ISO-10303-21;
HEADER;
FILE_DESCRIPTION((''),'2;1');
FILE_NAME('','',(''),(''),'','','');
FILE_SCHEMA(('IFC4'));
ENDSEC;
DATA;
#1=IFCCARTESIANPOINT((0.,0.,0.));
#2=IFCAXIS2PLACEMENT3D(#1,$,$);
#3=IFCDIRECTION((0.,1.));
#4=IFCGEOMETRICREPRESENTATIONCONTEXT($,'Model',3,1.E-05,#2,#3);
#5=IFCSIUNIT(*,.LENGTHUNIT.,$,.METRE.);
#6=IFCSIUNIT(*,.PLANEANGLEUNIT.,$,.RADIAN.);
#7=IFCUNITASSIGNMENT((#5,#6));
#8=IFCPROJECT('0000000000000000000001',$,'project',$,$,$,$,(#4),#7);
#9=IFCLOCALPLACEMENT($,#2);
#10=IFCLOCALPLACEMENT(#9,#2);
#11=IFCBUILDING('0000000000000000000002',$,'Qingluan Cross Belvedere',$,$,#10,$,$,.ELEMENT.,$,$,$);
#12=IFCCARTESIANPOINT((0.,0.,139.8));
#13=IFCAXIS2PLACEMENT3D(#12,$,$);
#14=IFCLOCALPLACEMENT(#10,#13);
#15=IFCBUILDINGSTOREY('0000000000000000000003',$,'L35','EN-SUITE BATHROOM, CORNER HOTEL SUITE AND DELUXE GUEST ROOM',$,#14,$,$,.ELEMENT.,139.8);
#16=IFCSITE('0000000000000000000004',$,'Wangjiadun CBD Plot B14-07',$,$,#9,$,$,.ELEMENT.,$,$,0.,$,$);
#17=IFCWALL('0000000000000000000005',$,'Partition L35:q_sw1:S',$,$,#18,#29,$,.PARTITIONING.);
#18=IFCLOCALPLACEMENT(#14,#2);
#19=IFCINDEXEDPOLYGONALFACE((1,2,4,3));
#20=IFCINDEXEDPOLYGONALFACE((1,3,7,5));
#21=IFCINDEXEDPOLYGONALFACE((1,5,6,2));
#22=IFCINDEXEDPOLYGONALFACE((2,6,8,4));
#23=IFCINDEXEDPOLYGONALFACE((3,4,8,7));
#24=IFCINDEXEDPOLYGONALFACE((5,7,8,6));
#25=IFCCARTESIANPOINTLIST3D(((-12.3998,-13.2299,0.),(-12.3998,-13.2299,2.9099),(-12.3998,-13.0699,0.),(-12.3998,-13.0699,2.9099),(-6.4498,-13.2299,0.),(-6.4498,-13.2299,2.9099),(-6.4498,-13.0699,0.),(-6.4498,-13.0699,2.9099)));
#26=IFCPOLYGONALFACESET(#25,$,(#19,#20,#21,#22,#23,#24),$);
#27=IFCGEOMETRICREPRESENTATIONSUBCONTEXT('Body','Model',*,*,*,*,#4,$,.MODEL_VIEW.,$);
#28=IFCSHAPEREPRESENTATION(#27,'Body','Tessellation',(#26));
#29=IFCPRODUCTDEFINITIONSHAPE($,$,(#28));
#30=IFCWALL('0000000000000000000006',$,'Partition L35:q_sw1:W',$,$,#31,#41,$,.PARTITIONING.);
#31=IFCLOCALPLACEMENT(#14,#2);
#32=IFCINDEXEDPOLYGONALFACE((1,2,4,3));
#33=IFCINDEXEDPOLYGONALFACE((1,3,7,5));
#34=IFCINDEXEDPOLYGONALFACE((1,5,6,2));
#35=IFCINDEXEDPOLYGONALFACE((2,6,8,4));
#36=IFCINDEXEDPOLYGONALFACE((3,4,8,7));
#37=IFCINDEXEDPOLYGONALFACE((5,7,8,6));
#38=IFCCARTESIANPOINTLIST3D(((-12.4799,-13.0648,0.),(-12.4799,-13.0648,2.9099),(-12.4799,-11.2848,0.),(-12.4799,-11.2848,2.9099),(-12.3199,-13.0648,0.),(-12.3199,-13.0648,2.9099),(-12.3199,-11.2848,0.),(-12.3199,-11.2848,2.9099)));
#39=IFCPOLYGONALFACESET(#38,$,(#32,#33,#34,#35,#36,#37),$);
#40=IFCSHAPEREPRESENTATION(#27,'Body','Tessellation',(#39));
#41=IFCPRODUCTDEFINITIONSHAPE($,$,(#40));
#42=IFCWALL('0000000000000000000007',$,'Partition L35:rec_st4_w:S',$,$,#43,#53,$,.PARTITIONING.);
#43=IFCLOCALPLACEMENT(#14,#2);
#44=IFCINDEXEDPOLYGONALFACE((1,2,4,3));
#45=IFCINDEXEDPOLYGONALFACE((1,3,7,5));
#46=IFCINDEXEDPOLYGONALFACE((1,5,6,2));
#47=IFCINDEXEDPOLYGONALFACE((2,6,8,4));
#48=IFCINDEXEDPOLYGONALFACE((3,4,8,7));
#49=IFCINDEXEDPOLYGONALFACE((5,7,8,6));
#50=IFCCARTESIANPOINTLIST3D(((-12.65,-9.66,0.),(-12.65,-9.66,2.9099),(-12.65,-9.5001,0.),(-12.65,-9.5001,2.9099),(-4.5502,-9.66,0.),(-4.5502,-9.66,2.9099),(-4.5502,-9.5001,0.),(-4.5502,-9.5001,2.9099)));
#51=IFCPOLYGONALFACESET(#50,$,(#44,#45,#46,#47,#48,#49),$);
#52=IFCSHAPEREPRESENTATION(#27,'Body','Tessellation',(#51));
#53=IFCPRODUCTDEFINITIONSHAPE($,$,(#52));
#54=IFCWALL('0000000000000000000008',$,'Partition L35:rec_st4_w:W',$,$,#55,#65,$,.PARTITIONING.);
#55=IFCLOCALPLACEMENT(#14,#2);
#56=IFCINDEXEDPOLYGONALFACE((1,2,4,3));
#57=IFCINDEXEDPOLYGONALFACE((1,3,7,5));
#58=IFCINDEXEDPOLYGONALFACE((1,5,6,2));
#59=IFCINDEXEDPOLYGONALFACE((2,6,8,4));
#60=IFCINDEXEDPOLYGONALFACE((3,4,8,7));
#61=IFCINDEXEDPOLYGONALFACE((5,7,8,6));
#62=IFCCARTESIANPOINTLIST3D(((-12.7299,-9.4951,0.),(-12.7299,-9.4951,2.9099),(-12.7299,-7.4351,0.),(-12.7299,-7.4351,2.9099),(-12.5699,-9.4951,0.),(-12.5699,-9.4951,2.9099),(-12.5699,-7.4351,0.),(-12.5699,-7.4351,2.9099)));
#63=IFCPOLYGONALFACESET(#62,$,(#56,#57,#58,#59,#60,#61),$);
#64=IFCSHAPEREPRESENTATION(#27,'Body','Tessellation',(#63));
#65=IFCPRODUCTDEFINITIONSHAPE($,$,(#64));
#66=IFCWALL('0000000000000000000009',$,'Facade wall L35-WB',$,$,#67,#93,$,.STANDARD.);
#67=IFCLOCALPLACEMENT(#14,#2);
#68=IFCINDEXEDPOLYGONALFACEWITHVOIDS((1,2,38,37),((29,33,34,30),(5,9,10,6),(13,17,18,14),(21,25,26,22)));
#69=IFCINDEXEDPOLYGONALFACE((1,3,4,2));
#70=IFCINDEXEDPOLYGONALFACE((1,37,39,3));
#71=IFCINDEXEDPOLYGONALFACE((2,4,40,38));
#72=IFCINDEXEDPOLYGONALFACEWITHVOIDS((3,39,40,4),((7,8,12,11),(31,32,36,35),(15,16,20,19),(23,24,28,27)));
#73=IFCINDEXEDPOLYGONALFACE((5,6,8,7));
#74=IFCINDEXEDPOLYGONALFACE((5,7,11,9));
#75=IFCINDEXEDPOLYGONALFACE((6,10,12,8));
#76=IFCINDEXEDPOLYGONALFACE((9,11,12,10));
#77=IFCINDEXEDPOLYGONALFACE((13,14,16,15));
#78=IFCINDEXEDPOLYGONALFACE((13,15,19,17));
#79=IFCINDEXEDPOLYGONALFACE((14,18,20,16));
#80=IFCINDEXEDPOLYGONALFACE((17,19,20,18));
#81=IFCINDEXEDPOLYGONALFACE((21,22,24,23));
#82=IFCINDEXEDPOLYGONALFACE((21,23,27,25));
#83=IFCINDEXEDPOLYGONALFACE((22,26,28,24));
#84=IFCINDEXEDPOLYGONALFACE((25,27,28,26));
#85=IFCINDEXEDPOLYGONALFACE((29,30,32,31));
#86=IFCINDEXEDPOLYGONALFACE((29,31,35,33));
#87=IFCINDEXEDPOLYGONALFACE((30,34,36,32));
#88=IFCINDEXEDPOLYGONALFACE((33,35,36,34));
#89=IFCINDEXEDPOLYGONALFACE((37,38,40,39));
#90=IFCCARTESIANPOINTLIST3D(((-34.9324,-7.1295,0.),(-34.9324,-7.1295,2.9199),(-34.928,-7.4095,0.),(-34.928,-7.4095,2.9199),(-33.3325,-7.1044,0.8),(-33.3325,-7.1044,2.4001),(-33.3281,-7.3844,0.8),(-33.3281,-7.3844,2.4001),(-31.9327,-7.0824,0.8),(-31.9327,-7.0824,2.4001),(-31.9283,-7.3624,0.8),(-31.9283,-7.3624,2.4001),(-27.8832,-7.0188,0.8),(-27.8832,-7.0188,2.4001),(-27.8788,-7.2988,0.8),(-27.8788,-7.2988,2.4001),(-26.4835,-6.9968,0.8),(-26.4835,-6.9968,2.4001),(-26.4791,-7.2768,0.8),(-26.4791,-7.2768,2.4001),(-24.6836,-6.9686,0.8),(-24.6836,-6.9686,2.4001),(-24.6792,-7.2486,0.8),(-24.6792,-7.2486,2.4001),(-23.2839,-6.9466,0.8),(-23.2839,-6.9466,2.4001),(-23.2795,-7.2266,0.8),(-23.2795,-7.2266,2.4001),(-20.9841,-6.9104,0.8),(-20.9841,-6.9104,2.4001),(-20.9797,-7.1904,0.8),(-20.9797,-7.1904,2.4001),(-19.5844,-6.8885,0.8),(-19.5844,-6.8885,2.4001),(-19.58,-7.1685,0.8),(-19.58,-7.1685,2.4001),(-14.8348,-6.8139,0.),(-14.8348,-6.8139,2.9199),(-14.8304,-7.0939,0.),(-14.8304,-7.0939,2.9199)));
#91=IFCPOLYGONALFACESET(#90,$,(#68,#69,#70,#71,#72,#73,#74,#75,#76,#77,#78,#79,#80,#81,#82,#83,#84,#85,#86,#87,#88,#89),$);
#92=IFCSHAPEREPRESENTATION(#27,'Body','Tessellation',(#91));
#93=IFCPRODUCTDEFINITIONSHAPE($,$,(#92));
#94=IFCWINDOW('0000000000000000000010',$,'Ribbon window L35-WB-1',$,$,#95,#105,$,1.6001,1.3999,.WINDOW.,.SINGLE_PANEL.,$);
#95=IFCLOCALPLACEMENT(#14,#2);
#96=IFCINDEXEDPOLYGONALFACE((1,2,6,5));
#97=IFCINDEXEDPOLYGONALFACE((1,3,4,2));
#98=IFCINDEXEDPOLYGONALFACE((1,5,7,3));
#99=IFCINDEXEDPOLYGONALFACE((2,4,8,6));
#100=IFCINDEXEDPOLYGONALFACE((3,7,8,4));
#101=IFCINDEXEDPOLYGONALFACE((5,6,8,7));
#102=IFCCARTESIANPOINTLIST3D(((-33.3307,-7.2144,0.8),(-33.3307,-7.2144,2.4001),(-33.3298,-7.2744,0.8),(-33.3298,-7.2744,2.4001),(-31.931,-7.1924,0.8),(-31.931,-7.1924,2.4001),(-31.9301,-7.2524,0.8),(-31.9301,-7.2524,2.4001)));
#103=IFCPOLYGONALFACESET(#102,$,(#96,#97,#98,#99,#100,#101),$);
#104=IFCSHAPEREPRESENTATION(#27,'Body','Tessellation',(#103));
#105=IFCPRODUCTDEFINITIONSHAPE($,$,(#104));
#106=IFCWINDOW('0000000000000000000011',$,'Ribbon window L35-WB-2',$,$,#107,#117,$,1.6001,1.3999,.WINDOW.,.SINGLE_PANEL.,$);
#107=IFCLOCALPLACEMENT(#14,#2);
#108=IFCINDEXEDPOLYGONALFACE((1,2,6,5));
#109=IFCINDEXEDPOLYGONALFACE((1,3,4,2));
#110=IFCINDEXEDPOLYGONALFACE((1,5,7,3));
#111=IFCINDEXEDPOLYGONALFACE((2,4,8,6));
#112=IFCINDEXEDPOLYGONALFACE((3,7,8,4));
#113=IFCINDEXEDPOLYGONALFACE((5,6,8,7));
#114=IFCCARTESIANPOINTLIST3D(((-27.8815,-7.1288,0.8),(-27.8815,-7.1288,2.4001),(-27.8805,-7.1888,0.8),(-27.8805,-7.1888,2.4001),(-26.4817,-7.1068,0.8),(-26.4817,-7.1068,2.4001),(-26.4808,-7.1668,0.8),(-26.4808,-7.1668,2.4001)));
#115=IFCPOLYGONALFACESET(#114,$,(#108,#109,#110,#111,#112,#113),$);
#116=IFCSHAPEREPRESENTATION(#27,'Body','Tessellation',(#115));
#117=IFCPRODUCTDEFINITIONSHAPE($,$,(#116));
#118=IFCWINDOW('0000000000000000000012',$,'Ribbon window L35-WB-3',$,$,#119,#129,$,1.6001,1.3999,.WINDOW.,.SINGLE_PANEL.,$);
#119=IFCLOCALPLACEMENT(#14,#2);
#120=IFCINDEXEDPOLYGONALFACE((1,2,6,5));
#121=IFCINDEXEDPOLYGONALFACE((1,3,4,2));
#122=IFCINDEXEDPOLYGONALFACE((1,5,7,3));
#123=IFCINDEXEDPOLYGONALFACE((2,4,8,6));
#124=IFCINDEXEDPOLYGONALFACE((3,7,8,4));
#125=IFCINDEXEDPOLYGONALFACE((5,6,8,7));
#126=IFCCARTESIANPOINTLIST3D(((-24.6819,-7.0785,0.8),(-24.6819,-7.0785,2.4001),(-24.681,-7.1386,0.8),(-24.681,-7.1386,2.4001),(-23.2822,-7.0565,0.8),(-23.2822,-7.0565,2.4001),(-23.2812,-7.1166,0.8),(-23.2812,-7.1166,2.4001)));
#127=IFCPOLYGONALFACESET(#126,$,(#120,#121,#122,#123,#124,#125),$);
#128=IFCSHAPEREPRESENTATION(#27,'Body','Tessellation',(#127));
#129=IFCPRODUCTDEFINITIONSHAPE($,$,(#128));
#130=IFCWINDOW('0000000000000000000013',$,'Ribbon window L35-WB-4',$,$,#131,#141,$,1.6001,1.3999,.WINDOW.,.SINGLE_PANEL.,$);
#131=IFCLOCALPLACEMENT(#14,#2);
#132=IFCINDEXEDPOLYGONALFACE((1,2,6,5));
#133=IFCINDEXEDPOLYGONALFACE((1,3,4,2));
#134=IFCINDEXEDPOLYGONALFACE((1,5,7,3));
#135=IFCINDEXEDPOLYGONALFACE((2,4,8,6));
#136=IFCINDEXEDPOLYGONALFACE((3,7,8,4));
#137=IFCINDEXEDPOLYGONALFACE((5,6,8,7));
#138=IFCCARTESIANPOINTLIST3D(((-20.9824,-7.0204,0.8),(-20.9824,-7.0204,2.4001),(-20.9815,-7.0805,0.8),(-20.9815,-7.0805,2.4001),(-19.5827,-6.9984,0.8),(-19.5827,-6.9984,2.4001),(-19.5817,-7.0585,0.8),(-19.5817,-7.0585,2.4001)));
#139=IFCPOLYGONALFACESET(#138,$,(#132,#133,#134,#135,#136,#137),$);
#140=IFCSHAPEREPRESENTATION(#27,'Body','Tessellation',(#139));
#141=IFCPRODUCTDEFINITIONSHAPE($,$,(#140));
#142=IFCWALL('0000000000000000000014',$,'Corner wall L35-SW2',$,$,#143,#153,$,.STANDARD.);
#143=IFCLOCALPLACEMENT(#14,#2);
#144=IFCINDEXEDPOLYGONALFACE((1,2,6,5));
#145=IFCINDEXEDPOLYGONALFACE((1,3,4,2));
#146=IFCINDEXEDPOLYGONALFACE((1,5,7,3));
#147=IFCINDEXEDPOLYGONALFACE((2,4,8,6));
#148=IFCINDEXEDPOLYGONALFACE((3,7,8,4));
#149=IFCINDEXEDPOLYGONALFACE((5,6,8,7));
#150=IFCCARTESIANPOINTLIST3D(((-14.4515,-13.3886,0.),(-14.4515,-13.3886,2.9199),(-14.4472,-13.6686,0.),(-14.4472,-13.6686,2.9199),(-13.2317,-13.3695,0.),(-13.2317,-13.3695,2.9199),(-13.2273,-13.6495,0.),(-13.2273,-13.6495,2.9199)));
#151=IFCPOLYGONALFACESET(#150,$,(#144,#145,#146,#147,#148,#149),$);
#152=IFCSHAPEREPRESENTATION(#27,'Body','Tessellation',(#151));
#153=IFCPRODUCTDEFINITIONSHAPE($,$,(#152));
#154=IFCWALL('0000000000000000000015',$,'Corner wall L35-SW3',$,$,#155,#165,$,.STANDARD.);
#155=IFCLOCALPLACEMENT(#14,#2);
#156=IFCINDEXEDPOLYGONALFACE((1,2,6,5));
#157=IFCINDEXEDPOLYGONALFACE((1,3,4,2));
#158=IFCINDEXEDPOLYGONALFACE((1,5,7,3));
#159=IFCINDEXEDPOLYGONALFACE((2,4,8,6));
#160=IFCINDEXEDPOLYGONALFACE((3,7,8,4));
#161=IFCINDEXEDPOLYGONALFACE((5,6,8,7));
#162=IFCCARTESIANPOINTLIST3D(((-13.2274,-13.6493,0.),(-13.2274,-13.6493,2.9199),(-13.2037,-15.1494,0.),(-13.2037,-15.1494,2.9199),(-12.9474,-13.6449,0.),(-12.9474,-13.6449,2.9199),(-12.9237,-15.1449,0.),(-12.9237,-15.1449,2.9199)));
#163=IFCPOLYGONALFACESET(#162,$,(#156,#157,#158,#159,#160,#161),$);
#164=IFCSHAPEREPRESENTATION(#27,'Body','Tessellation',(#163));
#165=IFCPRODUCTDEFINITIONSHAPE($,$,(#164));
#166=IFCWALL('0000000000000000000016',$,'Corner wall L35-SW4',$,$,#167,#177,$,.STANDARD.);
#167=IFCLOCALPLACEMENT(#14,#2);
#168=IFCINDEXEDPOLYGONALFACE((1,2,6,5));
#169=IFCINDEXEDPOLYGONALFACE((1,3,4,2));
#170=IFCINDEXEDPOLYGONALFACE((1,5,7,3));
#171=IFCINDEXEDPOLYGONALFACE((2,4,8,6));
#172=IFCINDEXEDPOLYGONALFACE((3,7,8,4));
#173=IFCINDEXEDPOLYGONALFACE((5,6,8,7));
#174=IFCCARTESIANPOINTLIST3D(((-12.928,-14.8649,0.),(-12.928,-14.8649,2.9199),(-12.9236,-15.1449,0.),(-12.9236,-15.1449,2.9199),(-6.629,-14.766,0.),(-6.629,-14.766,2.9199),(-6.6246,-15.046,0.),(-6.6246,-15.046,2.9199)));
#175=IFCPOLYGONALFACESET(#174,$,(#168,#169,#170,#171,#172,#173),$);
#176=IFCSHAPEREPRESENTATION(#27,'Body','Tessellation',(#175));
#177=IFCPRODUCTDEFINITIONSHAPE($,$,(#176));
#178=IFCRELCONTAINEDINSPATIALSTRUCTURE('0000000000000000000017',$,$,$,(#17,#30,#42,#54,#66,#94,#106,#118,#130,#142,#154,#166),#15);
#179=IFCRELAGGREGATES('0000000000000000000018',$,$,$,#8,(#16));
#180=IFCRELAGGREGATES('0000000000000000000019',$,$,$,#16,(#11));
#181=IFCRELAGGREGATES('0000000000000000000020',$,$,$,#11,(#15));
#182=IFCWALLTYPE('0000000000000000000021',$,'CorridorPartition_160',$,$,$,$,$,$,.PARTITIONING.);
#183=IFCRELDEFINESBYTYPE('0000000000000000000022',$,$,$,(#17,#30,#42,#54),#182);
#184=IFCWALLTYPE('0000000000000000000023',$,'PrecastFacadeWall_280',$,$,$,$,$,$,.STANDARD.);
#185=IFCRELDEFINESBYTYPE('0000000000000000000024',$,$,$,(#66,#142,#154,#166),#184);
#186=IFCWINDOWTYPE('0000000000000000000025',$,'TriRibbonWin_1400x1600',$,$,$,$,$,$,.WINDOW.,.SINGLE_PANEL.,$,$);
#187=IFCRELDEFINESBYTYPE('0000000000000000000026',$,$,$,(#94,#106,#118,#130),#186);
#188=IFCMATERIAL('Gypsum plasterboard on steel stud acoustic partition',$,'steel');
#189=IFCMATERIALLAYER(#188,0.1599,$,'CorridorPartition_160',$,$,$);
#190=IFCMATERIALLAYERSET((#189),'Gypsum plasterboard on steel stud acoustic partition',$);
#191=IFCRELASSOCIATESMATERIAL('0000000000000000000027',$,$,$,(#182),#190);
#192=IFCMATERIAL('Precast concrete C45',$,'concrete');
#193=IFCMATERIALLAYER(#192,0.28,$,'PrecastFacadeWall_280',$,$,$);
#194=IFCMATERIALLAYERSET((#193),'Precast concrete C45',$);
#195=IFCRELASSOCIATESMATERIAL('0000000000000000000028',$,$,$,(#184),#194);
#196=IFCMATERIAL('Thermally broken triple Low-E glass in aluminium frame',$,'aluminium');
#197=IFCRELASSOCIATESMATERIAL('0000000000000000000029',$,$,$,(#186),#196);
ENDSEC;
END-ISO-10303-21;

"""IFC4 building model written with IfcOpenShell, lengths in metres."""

from ifc_helpers import new_model, si_unit, direction, frame, frame_2d, origin, place, context, subcontext, project, spatial, rectangle, extrude, material, layer, layer_set, type_object, element, fill, save


model = new_model("IFC4")

# Units and contexts
model_context = context("Model", 3, precision=1e-05, world=origin(), true_north=direction((0.0, 1.0)))
body_context = subcontext(model_context, "Body", "Model", "MODEL_VIEW")
ifc_project = project(units=[si_unit("LENGTHUNIT", "METRE"), si_unit("PLANEANGLEUNIT", "RADIAN")], contexts=[model_context])

# Site, building, storey
site_placement = place(None, origin())
site = spatial("IfcSite", under=ifc_project, at=site_placement, Name="Wangjiadun CBD Plot B14-07", CompositionType="ELEMENT", RefElevation=0.0)
building_placement = place(site_placement, origin())
building = spatial("IfcBuilding", under=site, at=building_placement, Name="Qingluan Cross Belvedere", CompositionType="ELEMENT")
storey_placement = place(building_placement, frame((0.0, 0.0, 139.8)))
storey = spatial("IfcBuildingStorey", under=building, at=storey_placement, Name="L35", Description="EN-SUITE BATHROOM, CORNER HOTEL SUITE AND DELUXE GUEST ROOM", CompositionType="ELEMENT", Elevation=139.8)

# Walls
ifc_material_1 = material(Name="Gypsum plasterboard on steel stud acoustic partition", Category="steel")
ifc_layer_1 = layer(ifc_material_1, 0.1599, Name="CorridorPartition_160")
ifc_layer_set_1 = layer_set([ifc_layer_1], Name="Gypsum plasterboard on steel stud acoustic partition")
wall_type_1 = type_object("IfcWallType", Name="CorridorPartition_160", PredefinedType="PARTITIONING", material=ifc_layer_set_1)
wall_1_placement = place(storey_placement, frame((-12.3999, -13.1499, 0.0), z_axis=(0.0, 0.0, 1.0), x_axis=(1.0, 0.0, 0.0)))
element("IfcWall", 1, at=wall_1_placement, inside=storey, type_object=wall_type_1, Name="Partition L35:q_sw1:S", PredefinedType="PARTITIONING", context=body_context, shape_type="SweptSolid", body=[
    extrude(rectangle(XDim=5.95, YDim=0.1599, at=frame_2d((2.9751, 0.0))), origin(), (0.0, 0.0, 1.0), 2.9099),
])
wall_2_placement = place(storey_placement, frame((-12.3999, -13.0649, 0.0), z_axis=(0.0, 0.0, 1.0), x_axis=(0.0, 1.0, 0.0)))
element("IfcWall", 2, at=wall_2_placement, inside=storey, type_object=wall_type_1, Name="Partition L35:q_sw1:W", PredefinedType="PARTITIONING", context=body_context, shape_type="SweptSolid", body=[
    extrude(rectangle(XDim=1.78, YDim=0.1599, at=frame_2d((0.8901, 0.0))), origin(), (0.0, 0.0, 1.0), 2.9099),
])
wall_3_placement = place(storey_placement, frame((-12.6499, -9.5801, 0.0), z_axis=(0.0, 0.0, 1.0), x_axis=(1.0, 0.0, 0.0)))
element("IfcWall", 3, at=wall_3_placement, inside=storey, type_object=wall_type_1, Name="Partition L35:rec_st4_w:S", PredefinedType="PARTITIONING", context=body_context, shape_type="SweptSolid", body=[
    extrude(rectangle(XDim=8.0999, YDim=0.1599, at=frame_2d((4.0498, 0.0))), origin(), (0.0, 0.0, 1.0), 2.9099),
])
wall_4_placement = place(storey_placement, frame((-12.6499, -9.4951, 0.0), z_axis=(0.0, 0.0, 1.0), x_axis=(0.0, 1.0, 0.0)))
element("IfcWall", 4, at=wall_4_placement, inside=storey, type_object=wall_type_1, Name="Partition L35:rec_st4_w:W", PredefinedType="PARTITIONING", context=body_context, shape_type="SweptSolid", body=[
    extrude(rectangle(XDim=2.0601, YDim=0.1599, at=frame_2d((1.03, 0.0))), origin(), (0.0, 0.0, 1.0), 2.9099),
])

# Wall, openings, windows
ifc_material_2 = material(Name="Precast concrete C45", Category="concrete")
ifc_layer_2 = layer(ifc_material_2, 0.28, Name="PrecastFacadeWall_280")
ifc_layer_set_2 = layer_set([ifc_layer_2], Name="Precast concrete C45")
wall_type_2 = type_object("IfcWallType", Name="PrecastFacadeWall_280", PredefinedType="STANDARD", material=ifc_layer_set_2)
wall_5_placement = place(storey_placement, frame((-34.9302, -7.2695, 0.0), z_axis=(0.0, 0.0, 1.0), x_axis=(0.999877, 0.015705, 0.0)))
wall_5 = element("IfcWall", 5, at=wall_5_placement, inside=storey, type_object=wall_type_2, Name="Facade wall L35-WB", PredefinedType="STANDARD", context=body_context, shape_type="SweptSolid", body=[
    extrude(rectangle(XDim=20.1001, YDim=0.28, at=frame_2d((10.05, 0.0))), origin(), (0.0, 0.0, 1.0), 2.9199),
])
opening_1_placement = place(wall_5_placement, frame((1.6001, 0.0, 0.8)))
opening_1 = element("IfcOpeningElement", 6, at=opening_1_placement, cuts=wall_5, PredefinedType="OPENING", context=body_context, shape_type="SweptSolid", body=[
    extrude(rectangle(XDim=1.3999, YDim=1.6001, at=frame_2d((0.7, 0.8))), frame((0.0, 0.1499, 0.0), z_axis=(0.0, -1.0, 0.0), x_axis=(1.0, 0.0, 0.0)), (0.0, 0.0, 1.0), 0.3),
])
opening_2_placement = place(wall_5_placement, frame((7.05, 0.0, 0.8)))
opening_2 = element("IfcOpeningElement", 7, at=opening_2_placement, cuts=wall_5, PredefinedType="OPENING", context=body_context, shape_type="SweptSolid", body=[
    extrude(rectangle(XDim=1.3999, YDim=1.6001, at=frame_2d((0.7, 0.8))), frame((0.0, 0.1499, 0.0), z_axis=(0.0, -1.0, 0.0), x_axis=(1.0, 0.0, 0.0)), (0.0, 0.0, 1.0), 0.3),
])
opening_3_placement = place(wall_5_placement, frame((10.25, 0.0, 0.8)))
opening_3 = element("IfcOpeningElement", 8, at=opening_3_placement, cuts=wall_5, PredefinedType="OPENING", context=body_context, shape_type="SweptSolid", body=[
    extrude(rectangle(XDim=1.3999, YDim=1.6001, at=frame_2d((0.7, 0.8))), frame((0.0, 0.1499, 0.0), z_axis=(0.0, -1.0, 0.0), x_axis=(1.0, 0.0, 0.0)), (0.0, 0.0, 1.0), 0.3),
])
opening_4_placement = place(wall_5_placement, frame((13.95, 0.0, 0.8)))
opening_4 = element("IfcOpeningElement", 9, at=opening_4_placement, cuts=wall_5, PredefinedType="OPENING", context=body_context, shape_type="SweptSolid", body=[
    extrude(rectangle(XDim=1.3999, YDim=1.6001, at=frame_2d((0.7, 0.8))), frame((0.0, 0.1499, 0.0), z_axis=(0.0, -1.0, 0.0), x_axis=(1.0, 0.0, 0.0)), (0.0, 0.0, 1.0), 0.3),
])
ifc_material_3 = material(Name="Thermally broken triple Low-E glass in aluminium frame", Category="aluminium")
window_type = type_object("IfcWindowType", Name="TriRibbonWin_1400x1600", PartitioningType="SINGLE_PANEL", PredefinedType="WINDOW", material=ifc_material_3)
window_1_placement = place(opening_1_placement, origin())
window_1 = element("IfcWindow", 10, at=window_1_placement, inside=storey, type_object=window_type, Name="Ribbon window L35-WB-1", OverallHeight=1.6001, OverallWidth=1.3999, PartitioningType="SINGLE_PANEL", PredefinedType="WINDOW", context=body_context, shape_type="SweptSolid", body=[
    extrude(rectangle(XDim=1.3999, YDim=1.6001, at=frame_2d((0.7, 0.8))), frame((0.0, 0.03, 0.0), z_axis=(0.0, -1.0, 0.0), x_axis=(1.0, 0.0, 0.0)), (0.0, 0.0, 1.0), 0.0601),
])
fill(opening_1, window_1)
window_2_placement = place(opening_2_placement, origin())
window_2 = element("IfcWindow", 11, at=window_2_placement, inside=storey, type_object=window_type, Name="Ribbon window L35-WB-2", OverallHeight=1.6001, OverallWidth=1.3999, PartitioningType="SINGLE_PANEL", PredefinedType="WINDOW", context=body_context, shape_type="SweptSolid", body=[
    extrude(rectangle(XDim=1.3999, YDim=1.6001, at=frame_2d((0.7, 0.8))), frame((0.0, 0.03, 0.0), z_axis=(0.0, -1.0, 0.0), x_axis=(1.0, 0.0, 0.0)), (0.0, 0.0, 1.0), 0.0601),
])
fill(opening_2, window_2)
window_3_placement = place(opening_3_placement, origin())
window_3 = element("IfcWindow", 12, at=window_3_placement, inside=storey, type_object=window_type, Name="Ribbon window L35-WB-3", OverallHeight=1.6001, OverallWidth=1.3999, PartitioningType="SINGLE_PANEL", PredefinedType="WINDOW", context=body_context, shape_type="SweptSolid", body=[
    extrude(rectangle(XDim=1.3999, YDim=1.6001, at=frame_2d((0.7, 0.8))), frame((0.0, 0.03, 0.0), z_axis=(0.0, -1.0, 0.0), x_axis=(1.0, 0.0, 0.0)), (0.0, 0.0, 1.0), 0.0601),
])
fill(opening_3, window_3)
window_4_placement = place(opening_4_placement, origin())
window_4 = element("IfcWindow", 13, at=window_4_placement, inside=storey, type_object=window_type, Name="Ribbon window L35-WB-4", OverallHeight=1.6001, OverallWidth=1.3999, PartitioningType="SINGLE_PANEL", PredefinedType="WINDOW", context=body_context, shape_type="SweptSolid", body=[
    extrude(rectangle(XDim=1.3999, YDim=1.6001, at=frame_2d((0.7, 0.8))), frame((0.0, 0.03, 0.0), z_axis=(0.0, -1.0, 0.0), x_axis=(1.0, 0.0, 0.0)), (0.0, 0.0, 1.0), 0.0601),
])
fill(opening_4, window_4)

# Walls
wall_6_placement = place(storey_placement, frame((-14.4492, -13.5286, 0.0), z_axis=(0.0, 0.0, 1.0), x_axis=(0.999878, 0.015611, 0.0)))
element("IfcWall", 14, at=wall_6_placement, inside=storey, type_object=wall_type_2, Name="Corner wall L35-SW2", PredefinedType="STANDARD", context=body_context, shape_type="SweptSolid", body=[
    extrude(rectangle(XDim=1.22, YDim=0.28, at=frame_2d((0.6099, 0.0))), origin(), (0.0, 0.0, 1.0), 2.9199),
])
wall_7_placement = place(storey_placement, frame((-13.0874, -13.6472, 0.0), z_axis=(0.0, 0.0, 1.0), x_axis=(0.015786, -0.999875, 0.0)))
element("IfcWall", 15, at=wall_7_placement, inside=storey, type_object=wall_type_2, Name="Corner wall L35-SW3", PredefinedType="STANDARD", context=body_context, shape_type="SweptSolid", body=[
    extrude(rectangle(XDim=1.5002, YDim=0.28, at=frame_2d((0.75, 0.0))), origin(), (0.0, 0.0, 1.0), 2.9199),
])
wall_8_placement = place(storey_placement, frame((-12.9258, -15.0049, 0.0), z_axis=(0.0, 0.0, 1.0), x_axis=(0.999877, 0.015695, 0.0)))
element("IfcWall", 16, at=wall_8_placement, inside=storey, type_object=wall_type_2, Name="Corner wall L35-SW4", PredefinedType="STANDARD", context=body_context, shape_type="SweptSolid", body=[
    extrude(rectangle(XDim=6.2998, YDim=0.28, at=frame_2d((3.1499, 0.0))), origin(), (0.0, 0.0, 1.0), 2.9199),
])

save(model, "model.ifc")
